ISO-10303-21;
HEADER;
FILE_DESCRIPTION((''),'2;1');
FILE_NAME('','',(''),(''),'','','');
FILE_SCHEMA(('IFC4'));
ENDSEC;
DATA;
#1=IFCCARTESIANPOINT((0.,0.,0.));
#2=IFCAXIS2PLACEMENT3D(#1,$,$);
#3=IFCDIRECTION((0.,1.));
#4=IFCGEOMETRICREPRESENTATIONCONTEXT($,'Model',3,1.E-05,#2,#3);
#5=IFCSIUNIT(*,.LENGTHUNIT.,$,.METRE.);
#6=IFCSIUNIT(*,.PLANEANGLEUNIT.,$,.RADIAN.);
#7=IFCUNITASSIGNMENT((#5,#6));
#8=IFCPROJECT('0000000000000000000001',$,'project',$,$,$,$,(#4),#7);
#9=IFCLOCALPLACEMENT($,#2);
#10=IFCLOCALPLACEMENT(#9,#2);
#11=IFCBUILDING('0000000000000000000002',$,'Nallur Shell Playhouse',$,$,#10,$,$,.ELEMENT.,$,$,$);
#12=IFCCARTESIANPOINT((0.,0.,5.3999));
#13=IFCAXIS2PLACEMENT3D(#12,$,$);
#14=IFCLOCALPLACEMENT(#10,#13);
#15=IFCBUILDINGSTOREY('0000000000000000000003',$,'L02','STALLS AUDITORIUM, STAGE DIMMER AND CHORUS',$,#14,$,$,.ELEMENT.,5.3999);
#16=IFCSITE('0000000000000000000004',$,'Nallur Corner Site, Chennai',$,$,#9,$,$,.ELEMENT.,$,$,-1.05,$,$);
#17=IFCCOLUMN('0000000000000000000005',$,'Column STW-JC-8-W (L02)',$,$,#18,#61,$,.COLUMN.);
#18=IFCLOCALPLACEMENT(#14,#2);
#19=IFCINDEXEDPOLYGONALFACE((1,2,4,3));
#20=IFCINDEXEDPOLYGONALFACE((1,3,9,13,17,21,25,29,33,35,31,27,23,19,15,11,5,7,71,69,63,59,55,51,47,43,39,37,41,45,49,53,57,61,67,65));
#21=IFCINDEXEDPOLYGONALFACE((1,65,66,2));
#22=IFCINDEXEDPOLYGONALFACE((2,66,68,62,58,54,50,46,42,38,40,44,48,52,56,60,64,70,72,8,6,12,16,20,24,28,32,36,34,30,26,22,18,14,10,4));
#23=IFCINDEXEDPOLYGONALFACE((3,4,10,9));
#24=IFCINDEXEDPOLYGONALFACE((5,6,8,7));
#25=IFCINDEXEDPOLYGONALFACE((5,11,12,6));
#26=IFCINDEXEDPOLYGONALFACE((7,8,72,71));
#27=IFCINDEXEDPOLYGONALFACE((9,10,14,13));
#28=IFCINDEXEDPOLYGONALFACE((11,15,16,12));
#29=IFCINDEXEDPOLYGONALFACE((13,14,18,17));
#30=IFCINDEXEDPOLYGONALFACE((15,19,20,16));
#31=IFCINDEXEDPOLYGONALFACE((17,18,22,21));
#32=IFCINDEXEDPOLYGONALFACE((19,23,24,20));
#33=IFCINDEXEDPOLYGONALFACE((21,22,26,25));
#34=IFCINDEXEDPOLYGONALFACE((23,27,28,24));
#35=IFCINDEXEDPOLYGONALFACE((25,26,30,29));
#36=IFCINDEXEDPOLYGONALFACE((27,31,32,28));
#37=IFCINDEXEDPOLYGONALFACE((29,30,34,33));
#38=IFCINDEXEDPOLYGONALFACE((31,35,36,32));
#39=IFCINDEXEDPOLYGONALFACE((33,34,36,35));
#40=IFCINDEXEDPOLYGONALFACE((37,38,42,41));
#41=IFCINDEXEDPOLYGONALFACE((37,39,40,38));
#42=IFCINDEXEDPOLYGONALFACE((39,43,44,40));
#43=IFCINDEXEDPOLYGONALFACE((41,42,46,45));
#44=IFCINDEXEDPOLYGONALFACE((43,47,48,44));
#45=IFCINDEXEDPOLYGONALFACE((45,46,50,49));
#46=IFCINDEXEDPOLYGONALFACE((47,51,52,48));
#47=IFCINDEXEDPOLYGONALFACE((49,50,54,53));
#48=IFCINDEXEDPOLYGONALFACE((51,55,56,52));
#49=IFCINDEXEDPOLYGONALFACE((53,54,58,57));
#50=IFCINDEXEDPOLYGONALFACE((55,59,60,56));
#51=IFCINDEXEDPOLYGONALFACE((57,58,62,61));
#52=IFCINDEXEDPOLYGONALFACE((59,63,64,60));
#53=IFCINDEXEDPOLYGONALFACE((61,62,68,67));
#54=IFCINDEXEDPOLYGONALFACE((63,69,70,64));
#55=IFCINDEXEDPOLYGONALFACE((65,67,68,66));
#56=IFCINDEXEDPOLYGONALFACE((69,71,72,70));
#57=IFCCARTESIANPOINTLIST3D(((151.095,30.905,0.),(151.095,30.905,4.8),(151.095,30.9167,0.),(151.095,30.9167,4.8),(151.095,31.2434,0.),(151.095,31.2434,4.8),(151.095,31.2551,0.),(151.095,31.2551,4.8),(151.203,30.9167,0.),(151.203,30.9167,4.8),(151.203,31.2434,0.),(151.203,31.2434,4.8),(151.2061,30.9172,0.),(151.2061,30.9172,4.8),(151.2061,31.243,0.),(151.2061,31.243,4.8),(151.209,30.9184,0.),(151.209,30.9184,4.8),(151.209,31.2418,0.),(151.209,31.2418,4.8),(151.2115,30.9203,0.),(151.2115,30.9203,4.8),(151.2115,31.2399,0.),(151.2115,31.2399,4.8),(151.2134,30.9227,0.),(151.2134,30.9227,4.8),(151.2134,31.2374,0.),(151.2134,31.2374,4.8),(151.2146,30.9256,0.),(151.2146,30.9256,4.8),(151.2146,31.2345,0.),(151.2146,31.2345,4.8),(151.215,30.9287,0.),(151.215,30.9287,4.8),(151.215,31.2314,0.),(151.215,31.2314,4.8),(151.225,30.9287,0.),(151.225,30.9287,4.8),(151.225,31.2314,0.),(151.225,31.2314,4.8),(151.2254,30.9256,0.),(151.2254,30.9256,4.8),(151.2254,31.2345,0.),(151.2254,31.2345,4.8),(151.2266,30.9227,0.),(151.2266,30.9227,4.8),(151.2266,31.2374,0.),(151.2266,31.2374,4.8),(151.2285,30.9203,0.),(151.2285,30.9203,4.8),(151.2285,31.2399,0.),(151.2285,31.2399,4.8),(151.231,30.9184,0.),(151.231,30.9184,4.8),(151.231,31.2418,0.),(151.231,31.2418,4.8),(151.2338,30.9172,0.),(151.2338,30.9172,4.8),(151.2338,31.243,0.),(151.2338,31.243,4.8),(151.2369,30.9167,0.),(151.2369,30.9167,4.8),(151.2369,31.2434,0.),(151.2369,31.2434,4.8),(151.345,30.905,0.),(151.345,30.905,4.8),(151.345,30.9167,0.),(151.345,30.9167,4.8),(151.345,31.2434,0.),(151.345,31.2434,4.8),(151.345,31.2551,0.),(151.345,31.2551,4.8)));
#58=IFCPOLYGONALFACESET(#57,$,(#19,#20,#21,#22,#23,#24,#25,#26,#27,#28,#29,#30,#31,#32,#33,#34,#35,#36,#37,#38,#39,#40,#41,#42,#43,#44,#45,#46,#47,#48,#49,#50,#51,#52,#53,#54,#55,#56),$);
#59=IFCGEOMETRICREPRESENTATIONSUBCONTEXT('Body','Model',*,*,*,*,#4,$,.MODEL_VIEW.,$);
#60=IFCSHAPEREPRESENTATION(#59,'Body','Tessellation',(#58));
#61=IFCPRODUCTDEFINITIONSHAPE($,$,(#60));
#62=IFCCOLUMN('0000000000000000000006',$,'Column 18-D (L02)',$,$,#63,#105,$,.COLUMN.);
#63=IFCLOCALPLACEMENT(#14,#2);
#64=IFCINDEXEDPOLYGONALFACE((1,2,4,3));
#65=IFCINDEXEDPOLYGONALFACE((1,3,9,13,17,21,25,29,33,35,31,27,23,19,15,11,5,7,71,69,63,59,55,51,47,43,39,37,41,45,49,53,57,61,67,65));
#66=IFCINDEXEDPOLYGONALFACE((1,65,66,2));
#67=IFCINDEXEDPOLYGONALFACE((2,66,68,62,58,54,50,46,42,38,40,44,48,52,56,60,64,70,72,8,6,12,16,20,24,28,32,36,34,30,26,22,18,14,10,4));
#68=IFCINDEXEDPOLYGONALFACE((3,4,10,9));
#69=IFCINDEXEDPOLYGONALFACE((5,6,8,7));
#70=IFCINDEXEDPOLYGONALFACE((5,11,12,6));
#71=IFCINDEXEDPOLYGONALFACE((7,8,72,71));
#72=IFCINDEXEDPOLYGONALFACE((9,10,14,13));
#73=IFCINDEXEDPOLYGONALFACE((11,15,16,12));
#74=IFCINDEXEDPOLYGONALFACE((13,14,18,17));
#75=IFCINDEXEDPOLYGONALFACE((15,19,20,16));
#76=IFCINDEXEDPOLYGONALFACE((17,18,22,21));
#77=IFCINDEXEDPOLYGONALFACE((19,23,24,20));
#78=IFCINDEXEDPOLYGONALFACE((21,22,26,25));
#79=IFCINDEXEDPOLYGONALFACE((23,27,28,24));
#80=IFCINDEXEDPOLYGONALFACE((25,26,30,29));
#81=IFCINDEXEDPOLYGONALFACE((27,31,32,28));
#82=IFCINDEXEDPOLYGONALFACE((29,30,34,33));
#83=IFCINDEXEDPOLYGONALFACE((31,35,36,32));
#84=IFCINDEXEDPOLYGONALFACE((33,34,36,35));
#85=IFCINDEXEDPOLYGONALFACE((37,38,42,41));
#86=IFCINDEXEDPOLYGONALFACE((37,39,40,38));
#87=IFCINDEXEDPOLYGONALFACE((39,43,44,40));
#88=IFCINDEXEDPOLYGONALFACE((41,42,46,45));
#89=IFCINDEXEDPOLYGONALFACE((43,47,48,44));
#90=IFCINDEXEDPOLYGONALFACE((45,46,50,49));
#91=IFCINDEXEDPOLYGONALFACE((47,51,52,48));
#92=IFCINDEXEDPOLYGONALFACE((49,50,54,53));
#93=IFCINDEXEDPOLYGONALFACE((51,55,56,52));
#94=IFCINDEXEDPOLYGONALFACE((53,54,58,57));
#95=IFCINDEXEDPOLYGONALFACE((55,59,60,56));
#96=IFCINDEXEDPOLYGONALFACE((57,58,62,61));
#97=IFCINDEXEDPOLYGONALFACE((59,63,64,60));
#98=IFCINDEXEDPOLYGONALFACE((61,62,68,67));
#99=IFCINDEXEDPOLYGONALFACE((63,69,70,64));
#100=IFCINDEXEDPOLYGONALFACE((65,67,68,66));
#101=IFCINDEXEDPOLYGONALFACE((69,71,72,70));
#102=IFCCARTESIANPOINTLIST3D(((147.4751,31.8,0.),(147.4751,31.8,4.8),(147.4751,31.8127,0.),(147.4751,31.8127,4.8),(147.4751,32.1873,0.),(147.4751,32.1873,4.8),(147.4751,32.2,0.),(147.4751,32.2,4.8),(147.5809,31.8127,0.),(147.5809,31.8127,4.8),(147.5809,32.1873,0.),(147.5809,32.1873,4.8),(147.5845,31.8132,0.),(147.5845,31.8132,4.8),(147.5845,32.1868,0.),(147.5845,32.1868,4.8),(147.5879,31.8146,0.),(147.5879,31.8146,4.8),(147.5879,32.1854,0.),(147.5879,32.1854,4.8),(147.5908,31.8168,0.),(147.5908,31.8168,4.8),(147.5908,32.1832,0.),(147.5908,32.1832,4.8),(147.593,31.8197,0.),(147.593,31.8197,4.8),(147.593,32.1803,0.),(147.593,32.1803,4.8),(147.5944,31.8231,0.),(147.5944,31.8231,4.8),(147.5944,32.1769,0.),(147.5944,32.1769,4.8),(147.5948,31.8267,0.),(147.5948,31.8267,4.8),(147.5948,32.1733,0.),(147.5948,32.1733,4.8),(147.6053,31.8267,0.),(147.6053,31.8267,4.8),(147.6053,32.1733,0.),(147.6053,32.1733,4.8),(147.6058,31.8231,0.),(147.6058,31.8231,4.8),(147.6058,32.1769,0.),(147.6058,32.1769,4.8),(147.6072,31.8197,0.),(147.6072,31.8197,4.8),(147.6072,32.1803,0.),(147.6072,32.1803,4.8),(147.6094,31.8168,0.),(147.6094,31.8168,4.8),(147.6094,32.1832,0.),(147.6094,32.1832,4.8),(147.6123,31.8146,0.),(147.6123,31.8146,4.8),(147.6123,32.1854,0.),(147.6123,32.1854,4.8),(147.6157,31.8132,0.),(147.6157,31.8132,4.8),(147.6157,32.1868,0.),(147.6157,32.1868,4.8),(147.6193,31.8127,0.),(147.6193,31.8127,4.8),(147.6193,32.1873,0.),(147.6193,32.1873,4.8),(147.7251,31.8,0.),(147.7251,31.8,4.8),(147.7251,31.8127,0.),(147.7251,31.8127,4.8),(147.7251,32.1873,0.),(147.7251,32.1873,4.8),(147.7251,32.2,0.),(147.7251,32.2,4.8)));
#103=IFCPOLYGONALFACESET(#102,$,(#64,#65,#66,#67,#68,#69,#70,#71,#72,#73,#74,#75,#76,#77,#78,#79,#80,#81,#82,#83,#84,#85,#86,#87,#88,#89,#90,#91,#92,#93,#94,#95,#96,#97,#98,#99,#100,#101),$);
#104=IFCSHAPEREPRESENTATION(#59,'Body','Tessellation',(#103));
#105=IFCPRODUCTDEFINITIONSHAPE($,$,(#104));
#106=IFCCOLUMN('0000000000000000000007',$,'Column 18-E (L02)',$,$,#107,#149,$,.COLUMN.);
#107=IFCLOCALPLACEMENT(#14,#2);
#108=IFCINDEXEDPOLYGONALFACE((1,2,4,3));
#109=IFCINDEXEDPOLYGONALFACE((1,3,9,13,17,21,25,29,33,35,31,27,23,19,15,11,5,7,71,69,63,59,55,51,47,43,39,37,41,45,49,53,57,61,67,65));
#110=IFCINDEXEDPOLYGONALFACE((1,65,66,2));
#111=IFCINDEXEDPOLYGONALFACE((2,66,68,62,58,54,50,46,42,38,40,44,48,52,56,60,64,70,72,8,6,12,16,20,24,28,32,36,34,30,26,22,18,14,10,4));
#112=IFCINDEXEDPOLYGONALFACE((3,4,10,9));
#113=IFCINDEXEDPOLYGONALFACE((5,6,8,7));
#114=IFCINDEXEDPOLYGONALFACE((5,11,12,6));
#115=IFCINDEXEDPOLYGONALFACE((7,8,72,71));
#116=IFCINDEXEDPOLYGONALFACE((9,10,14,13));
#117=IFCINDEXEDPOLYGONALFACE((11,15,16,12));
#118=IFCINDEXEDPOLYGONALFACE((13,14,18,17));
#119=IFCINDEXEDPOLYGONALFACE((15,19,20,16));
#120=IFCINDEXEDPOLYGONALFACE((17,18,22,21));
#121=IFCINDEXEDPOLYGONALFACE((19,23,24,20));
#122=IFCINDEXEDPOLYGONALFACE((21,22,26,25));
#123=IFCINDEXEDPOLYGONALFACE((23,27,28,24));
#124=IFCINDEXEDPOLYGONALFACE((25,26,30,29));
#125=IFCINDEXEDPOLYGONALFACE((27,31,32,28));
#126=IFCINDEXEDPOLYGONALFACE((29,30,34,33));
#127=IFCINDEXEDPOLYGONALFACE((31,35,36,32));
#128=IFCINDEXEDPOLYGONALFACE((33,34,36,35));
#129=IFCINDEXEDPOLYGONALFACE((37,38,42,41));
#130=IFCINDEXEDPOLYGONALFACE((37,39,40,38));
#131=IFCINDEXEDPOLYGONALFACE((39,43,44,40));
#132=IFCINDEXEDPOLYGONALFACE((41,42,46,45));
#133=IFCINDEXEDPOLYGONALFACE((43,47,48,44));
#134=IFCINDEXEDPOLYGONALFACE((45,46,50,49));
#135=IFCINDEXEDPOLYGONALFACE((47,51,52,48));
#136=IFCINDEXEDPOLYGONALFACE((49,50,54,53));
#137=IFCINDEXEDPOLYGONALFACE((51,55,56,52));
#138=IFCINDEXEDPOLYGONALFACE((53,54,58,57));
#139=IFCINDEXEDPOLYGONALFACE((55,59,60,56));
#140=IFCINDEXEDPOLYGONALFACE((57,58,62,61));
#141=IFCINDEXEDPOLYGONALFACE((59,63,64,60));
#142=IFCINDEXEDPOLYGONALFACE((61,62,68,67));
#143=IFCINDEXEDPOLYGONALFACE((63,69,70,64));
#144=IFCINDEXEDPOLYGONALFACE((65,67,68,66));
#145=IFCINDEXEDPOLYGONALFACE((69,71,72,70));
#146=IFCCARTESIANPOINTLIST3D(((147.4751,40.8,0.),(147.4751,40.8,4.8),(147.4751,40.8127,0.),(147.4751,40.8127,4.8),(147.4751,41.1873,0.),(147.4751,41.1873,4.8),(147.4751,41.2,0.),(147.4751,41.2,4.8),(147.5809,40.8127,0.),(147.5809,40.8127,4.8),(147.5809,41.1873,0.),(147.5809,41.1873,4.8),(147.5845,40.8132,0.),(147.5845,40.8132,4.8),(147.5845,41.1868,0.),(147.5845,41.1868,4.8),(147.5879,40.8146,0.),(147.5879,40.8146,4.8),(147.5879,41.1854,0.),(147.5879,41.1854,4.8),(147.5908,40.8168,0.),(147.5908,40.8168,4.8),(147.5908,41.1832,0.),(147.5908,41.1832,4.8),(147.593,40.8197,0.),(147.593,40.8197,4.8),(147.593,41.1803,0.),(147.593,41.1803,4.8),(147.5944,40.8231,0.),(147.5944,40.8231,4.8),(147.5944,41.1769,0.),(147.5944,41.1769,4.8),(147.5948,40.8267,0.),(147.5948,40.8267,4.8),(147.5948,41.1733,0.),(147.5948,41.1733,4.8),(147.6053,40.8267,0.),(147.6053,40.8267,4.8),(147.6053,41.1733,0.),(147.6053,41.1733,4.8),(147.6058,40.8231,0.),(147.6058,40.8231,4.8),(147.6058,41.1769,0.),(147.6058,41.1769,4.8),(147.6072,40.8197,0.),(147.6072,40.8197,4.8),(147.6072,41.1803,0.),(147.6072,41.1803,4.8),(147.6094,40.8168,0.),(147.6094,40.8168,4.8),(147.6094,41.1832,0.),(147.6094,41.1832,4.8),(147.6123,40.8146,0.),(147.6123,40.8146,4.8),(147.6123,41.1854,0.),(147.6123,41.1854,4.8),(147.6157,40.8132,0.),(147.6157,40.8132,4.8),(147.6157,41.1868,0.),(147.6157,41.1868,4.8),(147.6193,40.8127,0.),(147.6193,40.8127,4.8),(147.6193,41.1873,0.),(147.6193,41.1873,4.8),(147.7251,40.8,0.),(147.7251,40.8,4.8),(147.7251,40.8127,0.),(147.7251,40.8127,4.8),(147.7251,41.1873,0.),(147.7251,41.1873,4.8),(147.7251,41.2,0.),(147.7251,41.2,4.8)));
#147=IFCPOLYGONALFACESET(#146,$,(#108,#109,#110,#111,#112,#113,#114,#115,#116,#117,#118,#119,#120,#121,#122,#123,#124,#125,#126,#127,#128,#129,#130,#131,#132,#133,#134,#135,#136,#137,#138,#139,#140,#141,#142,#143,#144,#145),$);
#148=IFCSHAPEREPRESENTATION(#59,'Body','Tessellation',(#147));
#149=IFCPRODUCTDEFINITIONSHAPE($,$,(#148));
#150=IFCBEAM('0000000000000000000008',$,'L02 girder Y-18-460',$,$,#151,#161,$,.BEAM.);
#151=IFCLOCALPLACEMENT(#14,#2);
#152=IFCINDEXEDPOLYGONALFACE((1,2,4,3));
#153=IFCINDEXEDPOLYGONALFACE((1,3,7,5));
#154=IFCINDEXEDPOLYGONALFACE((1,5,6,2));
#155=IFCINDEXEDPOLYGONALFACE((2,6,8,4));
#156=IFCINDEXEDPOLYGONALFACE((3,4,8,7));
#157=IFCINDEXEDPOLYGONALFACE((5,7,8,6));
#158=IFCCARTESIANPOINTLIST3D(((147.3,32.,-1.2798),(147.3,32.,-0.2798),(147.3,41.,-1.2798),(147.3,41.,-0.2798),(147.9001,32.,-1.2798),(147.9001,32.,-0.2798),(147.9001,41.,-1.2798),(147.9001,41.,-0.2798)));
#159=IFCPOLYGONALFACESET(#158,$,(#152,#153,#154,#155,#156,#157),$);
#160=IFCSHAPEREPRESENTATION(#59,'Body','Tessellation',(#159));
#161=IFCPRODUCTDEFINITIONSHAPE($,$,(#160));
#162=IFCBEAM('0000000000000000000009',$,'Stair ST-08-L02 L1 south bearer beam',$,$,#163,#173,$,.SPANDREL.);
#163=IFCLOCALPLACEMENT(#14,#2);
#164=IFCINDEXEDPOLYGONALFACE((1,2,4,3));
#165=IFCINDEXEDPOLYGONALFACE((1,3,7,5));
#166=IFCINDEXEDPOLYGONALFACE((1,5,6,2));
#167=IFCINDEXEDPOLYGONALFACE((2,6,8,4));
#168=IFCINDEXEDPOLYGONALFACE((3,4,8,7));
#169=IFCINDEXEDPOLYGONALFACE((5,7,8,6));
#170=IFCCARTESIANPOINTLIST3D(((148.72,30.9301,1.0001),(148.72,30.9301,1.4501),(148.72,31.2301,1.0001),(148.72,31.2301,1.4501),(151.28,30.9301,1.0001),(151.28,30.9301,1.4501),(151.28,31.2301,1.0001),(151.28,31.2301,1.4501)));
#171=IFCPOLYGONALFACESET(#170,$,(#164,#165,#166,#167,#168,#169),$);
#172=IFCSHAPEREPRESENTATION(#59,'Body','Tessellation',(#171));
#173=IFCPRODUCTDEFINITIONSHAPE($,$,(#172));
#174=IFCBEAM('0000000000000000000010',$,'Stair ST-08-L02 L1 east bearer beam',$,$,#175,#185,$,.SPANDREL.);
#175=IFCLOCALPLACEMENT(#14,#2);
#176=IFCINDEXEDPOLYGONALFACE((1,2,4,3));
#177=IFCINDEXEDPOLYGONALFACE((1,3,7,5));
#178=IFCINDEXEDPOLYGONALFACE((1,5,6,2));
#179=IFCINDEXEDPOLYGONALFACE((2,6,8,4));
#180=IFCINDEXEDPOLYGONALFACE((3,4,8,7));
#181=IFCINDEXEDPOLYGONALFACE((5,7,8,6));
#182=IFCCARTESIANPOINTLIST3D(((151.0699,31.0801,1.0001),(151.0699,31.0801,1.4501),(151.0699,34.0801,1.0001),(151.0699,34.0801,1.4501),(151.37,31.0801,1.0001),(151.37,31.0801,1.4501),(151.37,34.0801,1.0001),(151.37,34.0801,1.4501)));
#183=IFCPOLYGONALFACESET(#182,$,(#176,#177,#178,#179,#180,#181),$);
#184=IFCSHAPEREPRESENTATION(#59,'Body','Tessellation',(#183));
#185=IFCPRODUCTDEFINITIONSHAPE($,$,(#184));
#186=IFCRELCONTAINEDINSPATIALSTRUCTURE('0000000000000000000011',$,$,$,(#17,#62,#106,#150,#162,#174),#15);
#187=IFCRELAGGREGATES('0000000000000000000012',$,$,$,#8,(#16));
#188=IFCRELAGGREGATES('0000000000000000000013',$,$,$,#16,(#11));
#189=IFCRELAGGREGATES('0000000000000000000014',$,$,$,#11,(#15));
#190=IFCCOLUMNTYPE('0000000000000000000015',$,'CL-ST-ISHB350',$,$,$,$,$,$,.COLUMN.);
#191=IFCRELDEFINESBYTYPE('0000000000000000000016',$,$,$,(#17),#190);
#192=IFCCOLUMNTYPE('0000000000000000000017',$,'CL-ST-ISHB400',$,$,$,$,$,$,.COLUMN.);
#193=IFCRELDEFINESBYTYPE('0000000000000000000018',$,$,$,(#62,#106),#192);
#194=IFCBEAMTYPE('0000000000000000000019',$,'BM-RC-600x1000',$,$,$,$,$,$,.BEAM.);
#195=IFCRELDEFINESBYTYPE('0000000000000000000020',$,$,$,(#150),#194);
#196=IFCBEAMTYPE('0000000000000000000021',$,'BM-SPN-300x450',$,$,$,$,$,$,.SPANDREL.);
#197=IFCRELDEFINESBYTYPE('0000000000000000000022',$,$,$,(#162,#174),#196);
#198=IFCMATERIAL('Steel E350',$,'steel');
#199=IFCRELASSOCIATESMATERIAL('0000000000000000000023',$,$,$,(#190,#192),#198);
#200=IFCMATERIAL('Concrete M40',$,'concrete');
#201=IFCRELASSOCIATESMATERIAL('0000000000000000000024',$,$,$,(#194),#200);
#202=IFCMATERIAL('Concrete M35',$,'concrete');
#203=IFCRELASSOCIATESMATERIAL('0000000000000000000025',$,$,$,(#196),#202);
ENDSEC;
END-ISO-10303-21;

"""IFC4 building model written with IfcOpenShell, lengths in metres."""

from ifc_helpers import new_model, si_unit, direction, frame, origin, origin_2d, place, context, subcontext, project, spatial, rectangle, i_section, extrude, material, material_profile, profile_set, type_object, element, save


model = new_model("IFC4")

# Units and contexts
model_context = context("Model", 3, precision=1e-05, world=origin(), true_north=direction((0.0, 1.0)))
body_context = subcontext(model_context, "Body", "Model", "MODEL_VIEW")
ifc_project = project(units=[si_unit("LENGTHUNIT", "METRE"), si_unit("PLANEANGLEUNIT", "RADIAN")], contexts=[model_context])

# Site, building, storey
site_placement = place(None, origin())
site = spatial("IfcSite", under=ifc_project, at=site_placement, Name="Nallur Corner Site, Chennai", CompositionType="ELEMENT", RefElevation=-1.05)
building_placement = place(site_placement, origin())
building = spatial("IfcBuilding", under=site, at=building_placement, Name="Nallur Shell Playhouse", CompositionType="ELEMENT")
storey_placement = place(building_placement, frame((0.0, 0.0, 5.3999)))
storey = spatial("IfcBuildingStorey", under=building, at=storey_placement, Name="L02", Description="STALLS AUDITORIUM, STAGE DIMMER AND CHORUS", CompositionType="ELEMENT", Elevation=5.3999)

# Columns
ifc_material_1 = material(Name="Steel E350", Category="steel")
ifc_material_profile_1 = material_profile(ifc_material_1, i_section(OverallWidth=0.25, OverallDepth=0.3501, WebThickness=0.01, FlangeThickness=0.0117, FilletRadius=0.012, at=origin_2d()), Name="ISHB 350")
ifc_profile_set_1 = profile_set([ifc_material_profile_1], Name="Steel E350")
column_type_1 = type_object("IfcColumnType", Name="CL-ST-ISHB350", PredefinedType="COLUMN", material=ifc_profile_set_1)
column_placement = place(storey_placement, frame((151.22, 31.0801, 0.0), z_axis=(0.0, 0.0, 1.0), x_axis=(1.0, 0.0, 0.0)))
element("IfcColumn", 1, at=column_placement, inside=storey, type_object=column_type_1, Name="Column STW-JC-8-W (L02)", PredefinedType="COLUMN", context=body_context, shape_type="SweptSolid", body=[
    extrude(i_section(OverallWidth=0.25, OverallDepth=0.3501, WebThickness=0.01, FlangeThickness=0.0117, FilletRadius=0.012, at=origin_2d()), origin(), (0.0, 0.0, 1.0), 4.8),
])
ifc_material_profile_2 = material_profile(ifc_material_1, i_section(OverallWidth=0.25, OverallDepth=0.3999, WebThickness=0.0105, FlangeThickness=0.0127, FilletRadius=0.0139, at=origin_2d()), Name="ISHB 400")
ifc_profile_set_2 = profile_set([ifc_material_profile_2], Name="Steel E350")
column_type_2 = type_object("IfcColumnType", Name="CL-ST-ISHB400", PredefinedType="COLUMN", material=ifc_profile_set_2)
for number, where, z_axis, x_axis, name in (
    (2, (147.6001, 32.0, 0.0), (0.0, 0.0, 1.0), (1.0, 0.0, 0.0), "Column 18-D (L02)"),
    (3, (147.6001, 41.0, 0.0), (0.0, 0.0, 1.0), (1.0, 0.0, 0.0), "Column 18-E (L02)"),
):
    element("IfcColumn", number, at=place(storey_placement, frame(where, z_axis=z_axis, x_axis=x_axis)), inside=storey, type_object=column_type_2, Name=name, PredefinedType="COLUMN", context=body_context, shape_type="SweptSolid", body=[
        extrude(i_section(OverallWidth=0.25, OverallDepth=0.3999, WebThickness=0.0105, FlangeThickness=0.0127, FilletRadius=0.0139, at=origin_2d()), origin(), (0.0, 0.0, 1.0), 4.8),
    ])

# Beams
ifc_material_2 = material(Name="Concrete M40", Category="concrete")
ifc_material_profile_3 = material_profile(ifc_material_2, rectangle(XDim=0.6001, YDim=1.0, at=origin_2d()), Name="RC 600x1000")
ifc_profile_set_3 = profile_set([ifc_material_profile_3], Name="Concrete M40")
beam_type_1 = type_object("IfcBeamType", Name="BM-RC-600x1000", PredefinedType="BEAM", material=ifc_profile_set_3)
beam_1_placement = place(storey_placement, frame((147.6001, 32.0, -0.7798), z_axis=(0.0, 1.0, 0.0), x_axis=(-1.0, 0.0, 0.0)))
element("IfcBeam", 4, at=beam_1_placement, inside=storey, type_object=beam_type_1, Name="L02 girder Y-18-460", PredefinedType="BEAM", context=body_context, shape_type="SweptSolid", body=[
    extrude(rectangle(XDim=0.6001, YDim=1.0, at=origin_2d()), origin(), (0.0, 0.0, 1.0), 9.0),
])
ifc_material_3 = material(Name="Concrete M35", Category="concrete")
ifc_material_profile_4 = material_profile(ifc_material_3, rectangle(XDim=0.3, YDim=0.45, at=origin_2d()), Name="RC 300x450")
ifc_profile_set_4 = profile_set([ifc_material_profile_4], Name="Concrete M35")
beam_type_2 = type_object("IfcBeamType", Name="BM-SPN-300x450", PredefinedType="SPANDREL", material=ifc_profile_set_4)
beam_2_placement = place(storey_placement, frame((148.72, 31.0801, 1.2251), z_axis=(1.0, 0.0, 0.0), x_axis=(0.0, 1.0, 0.0)))
element("IfcBeam", 5, at=beam_2_placement, inside=storey, type_object=beam_type_2, Name="Stair ST-08-L02 L1 south bearer beam", PredefinedType="SPANDREL", context=body_context, shape_type="SweptSolid", body=[
    extrude(rectangle(XDim=0.3, YDim=0.45, at=origin_2d()), origin(), (0.0, 0.0, 1.0), 2.5601),
])
beam_3_placement = place(storey_placement, frame((151.22, 31.0801, 1.2251), z_axis=(0.0, 1.0, 0.0), x_axis=(-1.0, 0.0, 0.0)))
element("IfcBeam", 6, at=beam_3_placement, inside=storey, type_object=beam_type_2, Name="Stair ST-08-L02 L1 east bearer beam", PredefinedType="SPANDREL", context=body_context, shape_type="SweptSolid", body=[
    extrude(rectangle(XDim=0.3, YDim=0.45, at=origin_2d()), origin(), (0.0, 0.0, 1.0), 3.0),
])

save(model, "model.ifc")
